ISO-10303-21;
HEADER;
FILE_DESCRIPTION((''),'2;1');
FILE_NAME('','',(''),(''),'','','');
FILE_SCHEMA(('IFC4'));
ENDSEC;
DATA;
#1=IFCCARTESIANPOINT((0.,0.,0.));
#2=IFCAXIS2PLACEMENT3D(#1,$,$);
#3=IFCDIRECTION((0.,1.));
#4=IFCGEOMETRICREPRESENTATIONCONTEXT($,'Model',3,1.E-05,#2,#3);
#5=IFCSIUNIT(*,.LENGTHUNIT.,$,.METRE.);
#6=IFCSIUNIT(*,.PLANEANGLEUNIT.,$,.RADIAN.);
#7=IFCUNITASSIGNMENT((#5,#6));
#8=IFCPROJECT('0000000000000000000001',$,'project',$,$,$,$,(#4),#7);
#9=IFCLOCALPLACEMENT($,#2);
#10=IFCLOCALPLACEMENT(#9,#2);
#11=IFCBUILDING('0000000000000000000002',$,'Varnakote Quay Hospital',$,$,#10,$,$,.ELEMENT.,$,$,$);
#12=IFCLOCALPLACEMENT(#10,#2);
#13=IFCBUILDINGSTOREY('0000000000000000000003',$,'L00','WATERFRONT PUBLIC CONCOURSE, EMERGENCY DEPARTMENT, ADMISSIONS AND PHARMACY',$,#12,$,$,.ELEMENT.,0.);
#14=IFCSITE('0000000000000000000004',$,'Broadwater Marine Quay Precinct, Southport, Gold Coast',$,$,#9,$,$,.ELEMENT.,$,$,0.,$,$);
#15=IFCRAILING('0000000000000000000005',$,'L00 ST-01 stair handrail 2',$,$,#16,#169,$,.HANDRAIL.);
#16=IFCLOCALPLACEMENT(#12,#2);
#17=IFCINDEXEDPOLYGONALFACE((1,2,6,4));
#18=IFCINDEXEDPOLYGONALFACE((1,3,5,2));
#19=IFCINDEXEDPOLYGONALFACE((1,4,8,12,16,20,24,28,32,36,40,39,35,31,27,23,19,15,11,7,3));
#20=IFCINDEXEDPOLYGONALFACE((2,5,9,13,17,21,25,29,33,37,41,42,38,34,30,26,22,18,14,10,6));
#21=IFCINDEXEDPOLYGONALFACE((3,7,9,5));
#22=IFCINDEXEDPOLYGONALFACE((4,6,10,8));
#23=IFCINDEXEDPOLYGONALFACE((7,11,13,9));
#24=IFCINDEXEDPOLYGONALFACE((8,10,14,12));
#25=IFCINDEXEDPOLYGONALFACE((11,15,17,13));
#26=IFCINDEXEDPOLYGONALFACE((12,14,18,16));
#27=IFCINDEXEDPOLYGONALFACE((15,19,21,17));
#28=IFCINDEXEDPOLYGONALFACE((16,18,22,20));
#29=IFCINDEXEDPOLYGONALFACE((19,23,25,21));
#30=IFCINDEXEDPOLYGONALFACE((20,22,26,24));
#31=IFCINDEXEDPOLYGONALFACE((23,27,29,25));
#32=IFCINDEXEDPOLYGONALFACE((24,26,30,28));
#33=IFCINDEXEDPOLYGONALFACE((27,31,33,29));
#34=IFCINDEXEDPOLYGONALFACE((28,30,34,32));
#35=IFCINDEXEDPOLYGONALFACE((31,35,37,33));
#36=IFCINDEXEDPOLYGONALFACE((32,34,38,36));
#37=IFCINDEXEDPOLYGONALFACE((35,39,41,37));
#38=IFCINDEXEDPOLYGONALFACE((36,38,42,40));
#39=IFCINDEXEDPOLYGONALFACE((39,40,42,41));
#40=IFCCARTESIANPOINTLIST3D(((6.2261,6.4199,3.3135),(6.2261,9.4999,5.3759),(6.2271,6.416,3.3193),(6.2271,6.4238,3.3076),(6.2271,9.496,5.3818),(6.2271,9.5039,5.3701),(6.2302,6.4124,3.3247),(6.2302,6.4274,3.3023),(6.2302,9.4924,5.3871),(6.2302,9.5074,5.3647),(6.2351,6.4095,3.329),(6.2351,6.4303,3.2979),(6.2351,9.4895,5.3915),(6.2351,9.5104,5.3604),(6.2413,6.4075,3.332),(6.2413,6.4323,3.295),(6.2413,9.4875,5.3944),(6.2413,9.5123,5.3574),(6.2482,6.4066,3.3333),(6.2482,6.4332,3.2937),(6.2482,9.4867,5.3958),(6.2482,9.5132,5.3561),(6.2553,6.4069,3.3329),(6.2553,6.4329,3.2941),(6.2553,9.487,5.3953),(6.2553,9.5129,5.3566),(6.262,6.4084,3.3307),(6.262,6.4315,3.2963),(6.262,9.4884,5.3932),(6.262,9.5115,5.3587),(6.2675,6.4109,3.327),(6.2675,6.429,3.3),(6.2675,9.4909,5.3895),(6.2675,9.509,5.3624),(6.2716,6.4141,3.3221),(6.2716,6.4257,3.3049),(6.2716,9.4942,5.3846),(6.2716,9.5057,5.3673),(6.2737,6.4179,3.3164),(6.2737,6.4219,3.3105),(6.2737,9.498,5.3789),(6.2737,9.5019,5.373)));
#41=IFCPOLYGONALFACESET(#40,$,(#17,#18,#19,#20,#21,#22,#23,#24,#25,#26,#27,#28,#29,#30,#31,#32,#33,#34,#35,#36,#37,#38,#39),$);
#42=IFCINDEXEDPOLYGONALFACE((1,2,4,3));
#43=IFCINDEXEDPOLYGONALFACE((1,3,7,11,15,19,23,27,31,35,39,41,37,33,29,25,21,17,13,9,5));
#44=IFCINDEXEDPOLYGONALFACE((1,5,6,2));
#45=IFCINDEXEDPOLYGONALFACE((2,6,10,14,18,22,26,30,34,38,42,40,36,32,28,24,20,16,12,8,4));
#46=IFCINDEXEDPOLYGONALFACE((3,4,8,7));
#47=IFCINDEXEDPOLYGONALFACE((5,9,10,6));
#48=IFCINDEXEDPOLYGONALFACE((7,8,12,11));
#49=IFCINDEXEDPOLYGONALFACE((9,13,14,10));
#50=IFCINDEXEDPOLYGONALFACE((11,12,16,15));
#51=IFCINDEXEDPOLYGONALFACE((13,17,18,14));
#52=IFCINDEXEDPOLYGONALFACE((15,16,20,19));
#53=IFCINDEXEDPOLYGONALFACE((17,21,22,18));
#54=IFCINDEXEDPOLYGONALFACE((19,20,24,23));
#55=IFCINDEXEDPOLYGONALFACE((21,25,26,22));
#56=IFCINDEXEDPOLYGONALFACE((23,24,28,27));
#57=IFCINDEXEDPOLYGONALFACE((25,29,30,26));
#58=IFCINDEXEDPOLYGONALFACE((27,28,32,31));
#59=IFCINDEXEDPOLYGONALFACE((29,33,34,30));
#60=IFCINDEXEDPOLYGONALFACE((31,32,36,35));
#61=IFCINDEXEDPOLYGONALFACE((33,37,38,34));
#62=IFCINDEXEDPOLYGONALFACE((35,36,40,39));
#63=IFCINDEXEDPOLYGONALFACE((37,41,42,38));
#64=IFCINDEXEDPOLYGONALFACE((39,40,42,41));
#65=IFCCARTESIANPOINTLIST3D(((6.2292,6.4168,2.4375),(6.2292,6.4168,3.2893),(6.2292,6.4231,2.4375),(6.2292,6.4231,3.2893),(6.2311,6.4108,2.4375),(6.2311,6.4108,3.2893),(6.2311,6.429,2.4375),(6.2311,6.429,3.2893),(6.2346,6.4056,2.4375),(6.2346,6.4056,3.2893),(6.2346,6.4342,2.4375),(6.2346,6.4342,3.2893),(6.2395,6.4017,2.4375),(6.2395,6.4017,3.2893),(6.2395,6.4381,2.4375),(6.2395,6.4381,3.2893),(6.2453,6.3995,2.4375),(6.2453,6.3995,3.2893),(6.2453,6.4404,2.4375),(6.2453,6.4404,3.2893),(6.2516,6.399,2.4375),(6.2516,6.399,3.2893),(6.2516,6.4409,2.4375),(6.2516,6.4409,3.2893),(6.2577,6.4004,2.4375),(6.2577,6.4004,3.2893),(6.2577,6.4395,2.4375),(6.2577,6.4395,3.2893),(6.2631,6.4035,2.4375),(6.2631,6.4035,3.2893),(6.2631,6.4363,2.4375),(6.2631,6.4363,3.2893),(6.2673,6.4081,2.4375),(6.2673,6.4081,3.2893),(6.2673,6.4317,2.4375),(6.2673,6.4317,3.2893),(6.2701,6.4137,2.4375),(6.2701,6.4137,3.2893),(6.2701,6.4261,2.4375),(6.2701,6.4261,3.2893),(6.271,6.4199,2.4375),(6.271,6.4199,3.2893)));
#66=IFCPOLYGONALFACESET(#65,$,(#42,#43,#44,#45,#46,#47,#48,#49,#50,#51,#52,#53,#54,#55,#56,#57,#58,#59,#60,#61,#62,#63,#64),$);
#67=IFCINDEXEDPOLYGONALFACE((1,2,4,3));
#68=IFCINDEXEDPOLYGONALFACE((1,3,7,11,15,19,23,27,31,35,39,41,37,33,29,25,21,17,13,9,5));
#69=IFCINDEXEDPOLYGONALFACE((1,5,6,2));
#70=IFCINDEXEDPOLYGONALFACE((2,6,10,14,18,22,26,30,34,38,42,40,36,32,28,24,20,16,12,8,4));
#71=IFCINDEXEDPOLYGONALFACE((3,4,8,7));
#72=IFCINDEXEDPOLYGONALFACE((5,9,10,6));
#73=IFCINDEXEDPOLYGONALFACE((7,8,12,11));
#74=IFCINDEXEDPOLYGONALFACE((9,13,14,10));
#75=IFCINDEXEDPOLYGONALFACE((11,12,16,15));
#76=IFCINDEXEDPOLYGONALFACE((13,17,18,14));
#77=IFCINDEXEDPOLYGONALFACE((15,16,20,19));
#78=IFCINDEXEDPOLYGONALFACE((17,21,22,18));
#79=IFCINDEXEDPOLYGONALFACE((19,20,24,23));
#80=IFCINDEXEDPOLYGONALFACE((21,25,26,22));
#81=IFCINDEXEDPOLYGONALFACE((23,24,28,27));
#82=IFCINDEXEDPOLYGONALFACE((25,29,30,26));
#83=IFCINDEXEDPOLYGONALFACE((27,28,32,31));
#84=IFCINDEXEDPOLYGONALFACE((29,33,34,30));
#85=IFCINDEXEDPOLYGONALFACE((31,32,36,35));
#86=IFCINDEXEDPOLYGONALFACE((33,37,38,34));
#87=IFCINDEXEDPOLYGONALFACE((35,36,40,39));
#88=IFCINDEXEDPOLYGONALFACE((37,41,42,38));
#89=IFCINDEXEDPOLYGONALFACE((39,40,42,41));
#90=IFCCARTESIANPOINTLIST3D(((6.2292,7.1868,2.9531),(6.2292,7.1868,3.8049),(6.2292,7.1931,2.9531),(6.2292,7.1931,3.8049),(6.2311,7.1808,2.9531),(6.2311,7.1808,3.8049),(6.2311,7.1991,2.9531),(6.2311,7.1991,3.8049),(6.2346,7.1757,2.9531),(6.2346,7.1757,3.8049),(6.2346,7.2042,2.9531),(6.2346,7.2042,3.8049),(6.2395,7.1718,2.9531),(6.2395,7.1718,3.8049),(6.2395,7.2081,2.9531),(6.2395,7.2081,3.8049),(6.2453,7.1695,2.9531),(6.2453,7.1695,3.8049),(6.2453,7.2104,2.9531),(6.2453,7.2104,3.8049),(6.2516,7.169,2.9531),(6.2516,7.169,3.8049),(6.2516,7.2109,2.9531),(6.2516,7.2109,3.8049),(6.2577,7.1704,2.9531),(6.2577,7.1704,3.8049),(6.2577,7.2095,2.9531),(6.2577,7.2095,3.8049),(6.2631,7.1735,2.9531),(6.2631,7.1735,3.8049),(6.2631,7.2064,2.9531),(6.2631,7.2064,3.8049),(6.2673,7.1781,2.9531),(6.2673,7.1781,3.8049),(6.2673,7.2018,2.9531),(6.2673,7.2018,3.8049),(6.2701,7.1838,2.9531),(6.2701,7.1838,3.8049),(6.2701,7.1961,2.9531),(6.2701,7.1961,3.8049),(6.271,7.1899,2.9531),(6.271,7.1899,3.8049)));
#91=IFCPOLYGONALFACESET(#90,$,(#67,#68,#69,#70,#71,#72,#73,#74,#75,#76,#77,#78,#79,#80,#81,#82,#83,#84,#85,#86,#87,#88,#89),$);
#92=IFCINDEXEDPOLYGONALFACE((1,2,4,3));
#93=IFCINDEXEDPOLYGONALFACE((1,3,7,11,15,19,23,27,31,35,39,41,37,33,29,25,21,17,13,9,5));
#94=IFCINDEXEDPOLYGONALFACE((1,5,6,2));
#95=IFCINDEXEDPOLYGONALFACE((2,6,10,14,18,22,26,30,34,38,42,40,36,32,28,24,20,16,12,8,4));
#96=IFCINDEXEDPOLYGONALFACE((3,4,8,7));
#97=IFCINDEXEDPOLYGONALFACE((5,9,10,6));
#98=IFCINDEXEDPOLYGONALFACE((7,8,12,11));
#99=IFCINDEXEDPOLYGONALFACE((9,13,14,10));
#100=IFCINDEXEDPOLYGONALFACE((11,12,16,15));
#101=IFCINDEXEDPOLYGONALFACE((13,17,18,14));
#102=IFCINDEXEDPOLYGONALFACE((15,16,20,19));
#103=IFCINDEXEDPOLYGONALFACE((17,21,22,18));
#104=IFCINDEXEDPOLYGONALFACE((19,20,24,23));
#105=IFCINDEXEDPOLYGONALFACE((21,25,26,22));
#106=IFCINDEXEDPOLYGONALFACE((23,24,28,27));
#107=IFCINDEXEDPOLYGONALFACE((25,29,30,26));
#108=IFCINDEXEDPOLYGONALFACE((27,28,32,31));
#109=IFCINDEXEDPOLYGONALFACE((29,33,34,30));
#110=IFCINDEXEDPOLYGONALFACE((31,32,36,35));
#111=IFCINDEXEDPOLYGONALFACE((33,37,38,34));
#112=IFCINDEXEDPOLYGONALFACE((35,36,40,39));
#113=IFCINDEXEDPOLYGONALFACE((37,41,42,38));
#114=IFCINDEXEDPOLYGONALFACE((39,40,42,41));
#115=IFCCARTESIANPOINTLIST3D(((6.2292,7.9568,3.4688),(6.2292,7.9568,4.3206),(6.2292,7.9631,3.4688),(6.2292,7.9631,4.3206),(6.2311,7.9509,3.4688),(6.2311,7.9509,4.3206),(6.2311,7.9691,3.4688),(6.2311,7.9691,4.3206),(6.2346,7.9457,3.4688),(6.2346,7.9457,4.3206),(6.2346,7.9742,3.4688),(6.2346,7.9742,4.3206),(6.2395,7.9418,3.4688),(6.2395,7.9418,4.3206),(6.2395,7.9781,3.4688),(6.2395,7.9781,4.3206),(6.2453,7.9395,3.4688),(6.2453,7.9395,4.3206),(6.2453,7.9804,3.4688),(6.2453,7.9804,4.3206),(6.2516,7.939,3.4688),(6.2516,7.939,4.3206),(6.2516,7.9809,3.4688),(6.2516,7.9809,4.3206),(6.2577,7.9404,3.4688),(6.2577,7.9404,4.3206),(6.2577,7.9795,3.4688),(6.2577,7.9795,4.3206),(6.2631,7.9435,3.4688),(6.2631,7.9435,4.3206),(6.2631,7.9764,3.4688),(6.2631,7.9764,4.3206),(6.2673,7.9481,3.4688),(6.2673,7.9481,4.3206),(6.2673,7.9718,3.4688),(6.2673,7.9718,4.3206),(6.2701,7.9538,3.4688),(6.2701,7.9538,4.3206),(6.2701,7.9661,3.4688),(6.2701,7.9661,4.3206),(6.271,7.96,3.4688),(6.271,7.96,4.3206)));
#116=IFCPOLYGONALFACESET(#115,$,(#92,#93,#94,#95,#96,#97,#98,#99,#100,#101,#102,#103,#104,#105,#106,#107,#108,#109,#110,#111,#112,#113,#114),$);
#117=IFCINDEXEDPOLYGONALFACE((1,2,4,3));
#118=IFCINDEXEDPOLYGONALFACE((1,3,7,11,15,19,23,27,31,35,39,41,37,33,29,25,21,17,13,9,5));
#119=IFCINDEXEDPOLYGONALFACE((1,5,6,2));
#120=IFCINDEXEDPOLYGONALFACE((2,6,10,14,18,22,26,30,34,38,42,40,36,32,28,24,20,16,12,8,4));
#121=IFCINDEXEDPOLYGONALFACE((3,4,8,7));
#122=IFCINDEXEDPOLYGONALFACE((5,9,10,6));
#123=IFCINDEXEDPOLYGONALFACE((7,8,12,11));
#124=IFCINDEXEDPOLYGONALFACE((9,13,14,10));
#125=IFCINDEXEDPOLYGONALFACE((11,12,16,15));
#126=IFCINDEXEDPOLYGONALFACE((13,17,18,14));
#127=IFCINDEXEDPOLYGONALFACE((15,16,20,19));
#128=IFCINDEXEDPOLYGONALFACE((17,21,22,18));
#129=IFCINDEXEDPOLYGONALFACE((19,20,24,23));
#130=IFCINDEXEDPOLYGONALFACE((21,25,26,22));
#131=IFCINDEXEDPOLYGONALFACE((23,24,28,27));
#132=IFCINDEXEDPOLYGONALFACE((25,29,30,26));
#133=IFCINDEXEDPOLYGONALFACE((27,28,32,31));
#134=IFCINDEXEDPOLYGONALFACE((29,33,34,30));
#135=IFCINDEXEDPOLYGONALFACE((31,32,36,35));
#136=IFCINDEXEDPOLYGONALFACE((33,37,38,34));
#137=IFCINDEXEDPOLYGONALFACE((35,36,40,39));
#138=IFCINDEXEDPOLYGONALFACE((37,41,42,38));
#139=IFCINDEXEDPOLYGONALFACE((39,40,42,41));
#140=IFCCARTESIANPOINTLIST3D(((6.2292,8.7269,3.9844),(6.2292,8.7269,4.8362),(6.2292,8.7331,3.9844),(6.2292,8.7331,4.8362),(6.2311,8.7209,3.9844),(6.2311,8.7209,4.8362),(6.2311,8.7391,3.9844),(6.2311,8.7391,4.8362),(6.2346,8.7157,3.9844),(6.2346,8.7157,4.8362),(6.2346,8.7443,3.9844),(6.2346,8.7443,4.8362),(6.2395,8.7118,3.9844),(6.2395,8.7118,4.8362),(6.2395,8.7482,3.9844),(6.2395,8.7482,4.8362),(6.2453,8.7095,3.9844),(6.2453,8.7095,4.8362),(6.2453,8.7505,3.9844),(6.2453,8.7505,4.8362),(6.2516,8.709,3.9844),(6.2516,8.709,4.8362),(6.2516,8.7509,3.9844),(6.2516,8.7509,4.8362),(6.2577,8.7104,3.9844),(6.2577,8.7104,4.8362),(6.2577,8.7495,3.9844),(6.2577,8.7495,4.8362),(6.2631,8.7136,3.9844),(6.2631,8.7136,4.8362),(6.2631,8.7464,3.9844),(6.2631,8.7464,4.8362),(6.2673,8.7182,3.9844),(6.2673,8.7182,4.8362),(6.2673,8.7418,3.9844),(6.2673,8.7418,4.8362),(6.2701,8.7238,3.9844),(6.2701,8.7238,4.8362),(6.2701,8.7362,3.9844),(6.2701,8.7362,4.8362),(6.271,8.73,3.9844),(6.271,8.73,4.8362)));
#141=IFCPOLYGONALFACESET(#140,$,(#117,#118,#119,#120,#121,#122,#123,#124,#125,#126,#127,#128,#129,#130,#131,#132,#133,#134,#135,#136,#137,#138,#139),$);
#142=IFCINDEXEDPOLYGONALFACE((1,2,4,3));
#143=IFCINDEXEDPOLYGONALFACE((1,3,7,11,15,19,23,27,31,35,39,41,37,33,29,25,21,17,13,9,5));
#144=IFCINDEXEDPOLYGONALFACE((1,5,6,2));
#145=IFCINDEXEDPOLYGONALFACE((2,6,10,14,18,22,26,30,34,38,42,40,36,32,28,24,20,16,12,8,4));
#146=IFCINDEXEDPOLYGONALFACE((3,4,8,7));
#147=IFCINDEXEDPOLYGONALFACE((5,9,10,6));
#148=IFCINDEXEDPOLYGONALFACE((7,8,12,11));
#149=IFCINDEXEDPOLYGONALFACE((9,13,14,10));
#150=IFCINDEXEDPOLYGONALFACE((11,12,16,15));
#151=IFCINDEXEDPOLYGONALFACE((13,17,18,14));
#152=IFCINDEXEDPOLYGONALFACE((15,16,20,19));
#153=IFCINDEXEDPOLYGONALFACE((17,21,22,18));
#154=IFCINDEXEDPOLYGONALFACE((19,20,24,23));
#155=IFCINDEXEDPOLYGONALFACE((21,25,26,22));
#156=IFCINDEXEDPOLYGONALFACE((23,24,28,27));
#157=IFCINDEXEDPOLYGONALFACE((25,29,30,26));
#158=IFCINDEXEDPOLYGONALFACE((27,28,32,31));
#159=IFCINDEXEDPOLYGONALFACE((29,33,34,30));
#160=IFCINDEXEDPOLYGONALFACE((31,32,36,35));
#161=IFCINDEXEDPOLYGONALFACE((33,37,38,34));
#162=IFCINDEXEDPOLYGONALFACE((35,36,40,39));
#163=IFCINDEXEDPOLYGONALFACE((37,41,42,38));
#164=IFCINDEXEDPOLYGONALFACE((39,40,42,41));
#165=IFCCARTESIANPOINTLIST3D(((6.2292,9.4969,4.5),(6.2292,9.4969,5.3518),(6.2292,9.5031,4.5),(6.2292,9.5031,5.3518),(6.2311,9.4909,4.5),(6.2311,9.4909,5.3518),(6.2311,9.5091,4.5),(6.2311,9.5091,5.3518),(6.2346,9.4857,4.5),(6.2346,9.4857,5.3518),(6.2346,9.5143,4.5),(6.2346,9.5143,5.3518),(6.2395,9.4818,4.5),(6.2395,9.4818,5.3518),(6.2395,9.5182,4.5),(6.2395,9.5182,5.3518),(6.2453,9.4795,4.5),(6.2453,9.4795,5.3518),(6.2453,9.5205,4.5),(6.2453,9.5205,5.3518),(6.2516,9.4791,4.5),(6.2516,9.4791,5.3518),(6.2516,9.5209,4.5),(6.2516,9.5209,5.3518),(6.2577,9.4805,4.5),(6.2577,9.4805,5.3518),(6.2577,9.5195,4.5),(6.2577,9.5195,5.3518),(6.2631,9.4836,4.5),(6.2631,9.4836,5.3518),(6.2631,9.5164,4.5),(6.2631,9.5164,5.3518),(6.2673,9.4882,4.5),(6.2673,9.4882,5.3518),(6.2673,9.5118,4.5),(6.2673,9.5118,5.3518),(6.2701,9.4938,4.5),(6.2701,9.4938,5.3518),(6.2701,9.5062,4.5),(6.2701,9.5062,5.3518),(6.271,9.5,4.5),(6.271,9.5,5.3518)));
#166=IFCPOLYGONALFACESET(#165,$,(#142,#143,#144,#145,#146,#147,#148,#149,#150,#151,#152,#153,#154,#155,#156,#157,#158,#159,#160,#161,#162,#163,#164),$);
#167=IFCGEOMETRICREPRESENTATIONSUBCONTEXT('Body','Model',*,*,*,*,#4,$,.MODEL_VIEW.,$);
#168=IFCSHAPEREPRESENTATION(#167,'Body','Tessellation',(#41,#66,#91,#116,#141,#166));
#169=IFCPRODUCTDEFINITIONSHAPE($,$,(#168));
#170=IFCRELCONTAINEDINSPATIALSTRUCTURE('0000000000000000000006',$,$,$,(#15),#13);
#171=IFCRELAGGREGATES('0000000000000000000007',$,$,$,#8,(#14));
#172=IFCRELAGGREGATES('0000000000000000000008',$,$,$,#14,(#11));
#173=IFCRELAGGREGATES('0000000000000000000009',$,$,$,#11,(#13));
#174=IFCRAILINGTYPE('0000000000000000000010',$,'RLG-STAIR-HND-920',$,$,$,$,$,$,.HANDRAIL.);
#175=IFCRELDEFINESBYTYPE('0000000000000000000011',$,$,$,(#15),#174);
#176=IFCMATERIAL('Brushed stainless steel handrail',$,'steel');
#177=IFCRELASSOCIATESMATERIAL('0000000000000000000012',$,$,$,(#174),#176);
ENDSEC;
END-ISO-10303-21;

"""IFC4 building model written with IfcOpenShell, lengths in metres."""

from ifc_helpers import new_model, si_unit, direction, frame, origin, origin_2d, place, context, subcontext, project, spatial, circle, extrude, material, type_object, element, save


model = new_model("IFC4")

# Units and contexts
model_context = context("Model", 3, precision=1e-05, world=origin(), true_north=direction((0.0, 1.0)))
body_context = subcontext(model_context, "Body", "Model", "MODEL_VIEW")
ifc_project = project(units=[si_unit("LENGTHUNIT", "METRE"), si_unit("PLANEANGLEUNIT", "RADIAN")], contexts=[model_context])

# Site, building, storey
site_placement = place(None, origin())
site = spatial("IfcSite", under=ifc_project, at=site_placement, Name="Broadwater Marine Quay Precinct, Southport, Gold Coast", CompositionType="ELEMENT", RefElevation=0.0)
building_placement = place(site_placement, origin())
building = spatial("IfcBuilding", under=site, at=building_placement, Name="Varnakote Quay Hospital", CompositionType="ELEMENT")
storey_placement = place(building_placement, origin())
storey = spatial("IfcBuildingStorey", under=building, at=storey_placement, Name="L00", Description="WATERFRONT PUBLIC CONCOURSE, EMERGENCY DEPARTMENT, ADMISSIONS AND PHARMACY", CompositionType="ELEMENT", Elevation=0.0)

# Railing
ifc_material_1 = material(Name="Brushed stainless steel handrail", Category="steel")
railing_type_1 = type_object("IfcRailingType", Name="RLG-STAIR-HND-920", PredefinedType="HANDRAIL", material=ifc_material_1)
railing_1_placement = place(storey_placement, frame((6.25, 6.4199, 2.4375)))
element("IfcRailing", 1, at=railing_1_placement, inside=storey, type_object=railing_type_1, Name="L00 ST-01 stair handrail 2", PredefinedType="HANDRAIL", context=body_context, shape_type="SweptSolid", body=[
    extrude(circle(Radius=0.0239, at=origin_2d()), frame((0.0, 0.0, 0.876), z_axis=(0.0, 0.830914, 0.556401), x_axis=(-1.0, 0.0, 0.0)), (0.0, 0.0, 1.0), 3.7068),
    extrude(circle(Radius=0.021, at=origin_2d()), origin(), (0.0, 0.0, 1.0), 0.8518),
    extrude(circle(Radius=0.021, at=origin_2d()), frame((0.0, 0.77, 0.5156)), (0.0, 0.0, 1.0), 0.8518),
    extrude(circle(Radius=0.021, at=origin_2d()), frame((0.0, 1.54, 1.0312)), (0.0, 0.0, 1.0), 0.8518),
    extrude(circle(Radius=0.021, at=origin_2d()), frame((0.0, 2.3101, 1.5469)), (0.0, 0.0, 1.0), 0.8518),
    extrude(circle(Radius=0.021, at=origin_2d()), frame((0.0, 3.0801, 2.0625)), (0.0, 0.0, 1.0), 0.8518),
])

save(model, "model.ifc")
